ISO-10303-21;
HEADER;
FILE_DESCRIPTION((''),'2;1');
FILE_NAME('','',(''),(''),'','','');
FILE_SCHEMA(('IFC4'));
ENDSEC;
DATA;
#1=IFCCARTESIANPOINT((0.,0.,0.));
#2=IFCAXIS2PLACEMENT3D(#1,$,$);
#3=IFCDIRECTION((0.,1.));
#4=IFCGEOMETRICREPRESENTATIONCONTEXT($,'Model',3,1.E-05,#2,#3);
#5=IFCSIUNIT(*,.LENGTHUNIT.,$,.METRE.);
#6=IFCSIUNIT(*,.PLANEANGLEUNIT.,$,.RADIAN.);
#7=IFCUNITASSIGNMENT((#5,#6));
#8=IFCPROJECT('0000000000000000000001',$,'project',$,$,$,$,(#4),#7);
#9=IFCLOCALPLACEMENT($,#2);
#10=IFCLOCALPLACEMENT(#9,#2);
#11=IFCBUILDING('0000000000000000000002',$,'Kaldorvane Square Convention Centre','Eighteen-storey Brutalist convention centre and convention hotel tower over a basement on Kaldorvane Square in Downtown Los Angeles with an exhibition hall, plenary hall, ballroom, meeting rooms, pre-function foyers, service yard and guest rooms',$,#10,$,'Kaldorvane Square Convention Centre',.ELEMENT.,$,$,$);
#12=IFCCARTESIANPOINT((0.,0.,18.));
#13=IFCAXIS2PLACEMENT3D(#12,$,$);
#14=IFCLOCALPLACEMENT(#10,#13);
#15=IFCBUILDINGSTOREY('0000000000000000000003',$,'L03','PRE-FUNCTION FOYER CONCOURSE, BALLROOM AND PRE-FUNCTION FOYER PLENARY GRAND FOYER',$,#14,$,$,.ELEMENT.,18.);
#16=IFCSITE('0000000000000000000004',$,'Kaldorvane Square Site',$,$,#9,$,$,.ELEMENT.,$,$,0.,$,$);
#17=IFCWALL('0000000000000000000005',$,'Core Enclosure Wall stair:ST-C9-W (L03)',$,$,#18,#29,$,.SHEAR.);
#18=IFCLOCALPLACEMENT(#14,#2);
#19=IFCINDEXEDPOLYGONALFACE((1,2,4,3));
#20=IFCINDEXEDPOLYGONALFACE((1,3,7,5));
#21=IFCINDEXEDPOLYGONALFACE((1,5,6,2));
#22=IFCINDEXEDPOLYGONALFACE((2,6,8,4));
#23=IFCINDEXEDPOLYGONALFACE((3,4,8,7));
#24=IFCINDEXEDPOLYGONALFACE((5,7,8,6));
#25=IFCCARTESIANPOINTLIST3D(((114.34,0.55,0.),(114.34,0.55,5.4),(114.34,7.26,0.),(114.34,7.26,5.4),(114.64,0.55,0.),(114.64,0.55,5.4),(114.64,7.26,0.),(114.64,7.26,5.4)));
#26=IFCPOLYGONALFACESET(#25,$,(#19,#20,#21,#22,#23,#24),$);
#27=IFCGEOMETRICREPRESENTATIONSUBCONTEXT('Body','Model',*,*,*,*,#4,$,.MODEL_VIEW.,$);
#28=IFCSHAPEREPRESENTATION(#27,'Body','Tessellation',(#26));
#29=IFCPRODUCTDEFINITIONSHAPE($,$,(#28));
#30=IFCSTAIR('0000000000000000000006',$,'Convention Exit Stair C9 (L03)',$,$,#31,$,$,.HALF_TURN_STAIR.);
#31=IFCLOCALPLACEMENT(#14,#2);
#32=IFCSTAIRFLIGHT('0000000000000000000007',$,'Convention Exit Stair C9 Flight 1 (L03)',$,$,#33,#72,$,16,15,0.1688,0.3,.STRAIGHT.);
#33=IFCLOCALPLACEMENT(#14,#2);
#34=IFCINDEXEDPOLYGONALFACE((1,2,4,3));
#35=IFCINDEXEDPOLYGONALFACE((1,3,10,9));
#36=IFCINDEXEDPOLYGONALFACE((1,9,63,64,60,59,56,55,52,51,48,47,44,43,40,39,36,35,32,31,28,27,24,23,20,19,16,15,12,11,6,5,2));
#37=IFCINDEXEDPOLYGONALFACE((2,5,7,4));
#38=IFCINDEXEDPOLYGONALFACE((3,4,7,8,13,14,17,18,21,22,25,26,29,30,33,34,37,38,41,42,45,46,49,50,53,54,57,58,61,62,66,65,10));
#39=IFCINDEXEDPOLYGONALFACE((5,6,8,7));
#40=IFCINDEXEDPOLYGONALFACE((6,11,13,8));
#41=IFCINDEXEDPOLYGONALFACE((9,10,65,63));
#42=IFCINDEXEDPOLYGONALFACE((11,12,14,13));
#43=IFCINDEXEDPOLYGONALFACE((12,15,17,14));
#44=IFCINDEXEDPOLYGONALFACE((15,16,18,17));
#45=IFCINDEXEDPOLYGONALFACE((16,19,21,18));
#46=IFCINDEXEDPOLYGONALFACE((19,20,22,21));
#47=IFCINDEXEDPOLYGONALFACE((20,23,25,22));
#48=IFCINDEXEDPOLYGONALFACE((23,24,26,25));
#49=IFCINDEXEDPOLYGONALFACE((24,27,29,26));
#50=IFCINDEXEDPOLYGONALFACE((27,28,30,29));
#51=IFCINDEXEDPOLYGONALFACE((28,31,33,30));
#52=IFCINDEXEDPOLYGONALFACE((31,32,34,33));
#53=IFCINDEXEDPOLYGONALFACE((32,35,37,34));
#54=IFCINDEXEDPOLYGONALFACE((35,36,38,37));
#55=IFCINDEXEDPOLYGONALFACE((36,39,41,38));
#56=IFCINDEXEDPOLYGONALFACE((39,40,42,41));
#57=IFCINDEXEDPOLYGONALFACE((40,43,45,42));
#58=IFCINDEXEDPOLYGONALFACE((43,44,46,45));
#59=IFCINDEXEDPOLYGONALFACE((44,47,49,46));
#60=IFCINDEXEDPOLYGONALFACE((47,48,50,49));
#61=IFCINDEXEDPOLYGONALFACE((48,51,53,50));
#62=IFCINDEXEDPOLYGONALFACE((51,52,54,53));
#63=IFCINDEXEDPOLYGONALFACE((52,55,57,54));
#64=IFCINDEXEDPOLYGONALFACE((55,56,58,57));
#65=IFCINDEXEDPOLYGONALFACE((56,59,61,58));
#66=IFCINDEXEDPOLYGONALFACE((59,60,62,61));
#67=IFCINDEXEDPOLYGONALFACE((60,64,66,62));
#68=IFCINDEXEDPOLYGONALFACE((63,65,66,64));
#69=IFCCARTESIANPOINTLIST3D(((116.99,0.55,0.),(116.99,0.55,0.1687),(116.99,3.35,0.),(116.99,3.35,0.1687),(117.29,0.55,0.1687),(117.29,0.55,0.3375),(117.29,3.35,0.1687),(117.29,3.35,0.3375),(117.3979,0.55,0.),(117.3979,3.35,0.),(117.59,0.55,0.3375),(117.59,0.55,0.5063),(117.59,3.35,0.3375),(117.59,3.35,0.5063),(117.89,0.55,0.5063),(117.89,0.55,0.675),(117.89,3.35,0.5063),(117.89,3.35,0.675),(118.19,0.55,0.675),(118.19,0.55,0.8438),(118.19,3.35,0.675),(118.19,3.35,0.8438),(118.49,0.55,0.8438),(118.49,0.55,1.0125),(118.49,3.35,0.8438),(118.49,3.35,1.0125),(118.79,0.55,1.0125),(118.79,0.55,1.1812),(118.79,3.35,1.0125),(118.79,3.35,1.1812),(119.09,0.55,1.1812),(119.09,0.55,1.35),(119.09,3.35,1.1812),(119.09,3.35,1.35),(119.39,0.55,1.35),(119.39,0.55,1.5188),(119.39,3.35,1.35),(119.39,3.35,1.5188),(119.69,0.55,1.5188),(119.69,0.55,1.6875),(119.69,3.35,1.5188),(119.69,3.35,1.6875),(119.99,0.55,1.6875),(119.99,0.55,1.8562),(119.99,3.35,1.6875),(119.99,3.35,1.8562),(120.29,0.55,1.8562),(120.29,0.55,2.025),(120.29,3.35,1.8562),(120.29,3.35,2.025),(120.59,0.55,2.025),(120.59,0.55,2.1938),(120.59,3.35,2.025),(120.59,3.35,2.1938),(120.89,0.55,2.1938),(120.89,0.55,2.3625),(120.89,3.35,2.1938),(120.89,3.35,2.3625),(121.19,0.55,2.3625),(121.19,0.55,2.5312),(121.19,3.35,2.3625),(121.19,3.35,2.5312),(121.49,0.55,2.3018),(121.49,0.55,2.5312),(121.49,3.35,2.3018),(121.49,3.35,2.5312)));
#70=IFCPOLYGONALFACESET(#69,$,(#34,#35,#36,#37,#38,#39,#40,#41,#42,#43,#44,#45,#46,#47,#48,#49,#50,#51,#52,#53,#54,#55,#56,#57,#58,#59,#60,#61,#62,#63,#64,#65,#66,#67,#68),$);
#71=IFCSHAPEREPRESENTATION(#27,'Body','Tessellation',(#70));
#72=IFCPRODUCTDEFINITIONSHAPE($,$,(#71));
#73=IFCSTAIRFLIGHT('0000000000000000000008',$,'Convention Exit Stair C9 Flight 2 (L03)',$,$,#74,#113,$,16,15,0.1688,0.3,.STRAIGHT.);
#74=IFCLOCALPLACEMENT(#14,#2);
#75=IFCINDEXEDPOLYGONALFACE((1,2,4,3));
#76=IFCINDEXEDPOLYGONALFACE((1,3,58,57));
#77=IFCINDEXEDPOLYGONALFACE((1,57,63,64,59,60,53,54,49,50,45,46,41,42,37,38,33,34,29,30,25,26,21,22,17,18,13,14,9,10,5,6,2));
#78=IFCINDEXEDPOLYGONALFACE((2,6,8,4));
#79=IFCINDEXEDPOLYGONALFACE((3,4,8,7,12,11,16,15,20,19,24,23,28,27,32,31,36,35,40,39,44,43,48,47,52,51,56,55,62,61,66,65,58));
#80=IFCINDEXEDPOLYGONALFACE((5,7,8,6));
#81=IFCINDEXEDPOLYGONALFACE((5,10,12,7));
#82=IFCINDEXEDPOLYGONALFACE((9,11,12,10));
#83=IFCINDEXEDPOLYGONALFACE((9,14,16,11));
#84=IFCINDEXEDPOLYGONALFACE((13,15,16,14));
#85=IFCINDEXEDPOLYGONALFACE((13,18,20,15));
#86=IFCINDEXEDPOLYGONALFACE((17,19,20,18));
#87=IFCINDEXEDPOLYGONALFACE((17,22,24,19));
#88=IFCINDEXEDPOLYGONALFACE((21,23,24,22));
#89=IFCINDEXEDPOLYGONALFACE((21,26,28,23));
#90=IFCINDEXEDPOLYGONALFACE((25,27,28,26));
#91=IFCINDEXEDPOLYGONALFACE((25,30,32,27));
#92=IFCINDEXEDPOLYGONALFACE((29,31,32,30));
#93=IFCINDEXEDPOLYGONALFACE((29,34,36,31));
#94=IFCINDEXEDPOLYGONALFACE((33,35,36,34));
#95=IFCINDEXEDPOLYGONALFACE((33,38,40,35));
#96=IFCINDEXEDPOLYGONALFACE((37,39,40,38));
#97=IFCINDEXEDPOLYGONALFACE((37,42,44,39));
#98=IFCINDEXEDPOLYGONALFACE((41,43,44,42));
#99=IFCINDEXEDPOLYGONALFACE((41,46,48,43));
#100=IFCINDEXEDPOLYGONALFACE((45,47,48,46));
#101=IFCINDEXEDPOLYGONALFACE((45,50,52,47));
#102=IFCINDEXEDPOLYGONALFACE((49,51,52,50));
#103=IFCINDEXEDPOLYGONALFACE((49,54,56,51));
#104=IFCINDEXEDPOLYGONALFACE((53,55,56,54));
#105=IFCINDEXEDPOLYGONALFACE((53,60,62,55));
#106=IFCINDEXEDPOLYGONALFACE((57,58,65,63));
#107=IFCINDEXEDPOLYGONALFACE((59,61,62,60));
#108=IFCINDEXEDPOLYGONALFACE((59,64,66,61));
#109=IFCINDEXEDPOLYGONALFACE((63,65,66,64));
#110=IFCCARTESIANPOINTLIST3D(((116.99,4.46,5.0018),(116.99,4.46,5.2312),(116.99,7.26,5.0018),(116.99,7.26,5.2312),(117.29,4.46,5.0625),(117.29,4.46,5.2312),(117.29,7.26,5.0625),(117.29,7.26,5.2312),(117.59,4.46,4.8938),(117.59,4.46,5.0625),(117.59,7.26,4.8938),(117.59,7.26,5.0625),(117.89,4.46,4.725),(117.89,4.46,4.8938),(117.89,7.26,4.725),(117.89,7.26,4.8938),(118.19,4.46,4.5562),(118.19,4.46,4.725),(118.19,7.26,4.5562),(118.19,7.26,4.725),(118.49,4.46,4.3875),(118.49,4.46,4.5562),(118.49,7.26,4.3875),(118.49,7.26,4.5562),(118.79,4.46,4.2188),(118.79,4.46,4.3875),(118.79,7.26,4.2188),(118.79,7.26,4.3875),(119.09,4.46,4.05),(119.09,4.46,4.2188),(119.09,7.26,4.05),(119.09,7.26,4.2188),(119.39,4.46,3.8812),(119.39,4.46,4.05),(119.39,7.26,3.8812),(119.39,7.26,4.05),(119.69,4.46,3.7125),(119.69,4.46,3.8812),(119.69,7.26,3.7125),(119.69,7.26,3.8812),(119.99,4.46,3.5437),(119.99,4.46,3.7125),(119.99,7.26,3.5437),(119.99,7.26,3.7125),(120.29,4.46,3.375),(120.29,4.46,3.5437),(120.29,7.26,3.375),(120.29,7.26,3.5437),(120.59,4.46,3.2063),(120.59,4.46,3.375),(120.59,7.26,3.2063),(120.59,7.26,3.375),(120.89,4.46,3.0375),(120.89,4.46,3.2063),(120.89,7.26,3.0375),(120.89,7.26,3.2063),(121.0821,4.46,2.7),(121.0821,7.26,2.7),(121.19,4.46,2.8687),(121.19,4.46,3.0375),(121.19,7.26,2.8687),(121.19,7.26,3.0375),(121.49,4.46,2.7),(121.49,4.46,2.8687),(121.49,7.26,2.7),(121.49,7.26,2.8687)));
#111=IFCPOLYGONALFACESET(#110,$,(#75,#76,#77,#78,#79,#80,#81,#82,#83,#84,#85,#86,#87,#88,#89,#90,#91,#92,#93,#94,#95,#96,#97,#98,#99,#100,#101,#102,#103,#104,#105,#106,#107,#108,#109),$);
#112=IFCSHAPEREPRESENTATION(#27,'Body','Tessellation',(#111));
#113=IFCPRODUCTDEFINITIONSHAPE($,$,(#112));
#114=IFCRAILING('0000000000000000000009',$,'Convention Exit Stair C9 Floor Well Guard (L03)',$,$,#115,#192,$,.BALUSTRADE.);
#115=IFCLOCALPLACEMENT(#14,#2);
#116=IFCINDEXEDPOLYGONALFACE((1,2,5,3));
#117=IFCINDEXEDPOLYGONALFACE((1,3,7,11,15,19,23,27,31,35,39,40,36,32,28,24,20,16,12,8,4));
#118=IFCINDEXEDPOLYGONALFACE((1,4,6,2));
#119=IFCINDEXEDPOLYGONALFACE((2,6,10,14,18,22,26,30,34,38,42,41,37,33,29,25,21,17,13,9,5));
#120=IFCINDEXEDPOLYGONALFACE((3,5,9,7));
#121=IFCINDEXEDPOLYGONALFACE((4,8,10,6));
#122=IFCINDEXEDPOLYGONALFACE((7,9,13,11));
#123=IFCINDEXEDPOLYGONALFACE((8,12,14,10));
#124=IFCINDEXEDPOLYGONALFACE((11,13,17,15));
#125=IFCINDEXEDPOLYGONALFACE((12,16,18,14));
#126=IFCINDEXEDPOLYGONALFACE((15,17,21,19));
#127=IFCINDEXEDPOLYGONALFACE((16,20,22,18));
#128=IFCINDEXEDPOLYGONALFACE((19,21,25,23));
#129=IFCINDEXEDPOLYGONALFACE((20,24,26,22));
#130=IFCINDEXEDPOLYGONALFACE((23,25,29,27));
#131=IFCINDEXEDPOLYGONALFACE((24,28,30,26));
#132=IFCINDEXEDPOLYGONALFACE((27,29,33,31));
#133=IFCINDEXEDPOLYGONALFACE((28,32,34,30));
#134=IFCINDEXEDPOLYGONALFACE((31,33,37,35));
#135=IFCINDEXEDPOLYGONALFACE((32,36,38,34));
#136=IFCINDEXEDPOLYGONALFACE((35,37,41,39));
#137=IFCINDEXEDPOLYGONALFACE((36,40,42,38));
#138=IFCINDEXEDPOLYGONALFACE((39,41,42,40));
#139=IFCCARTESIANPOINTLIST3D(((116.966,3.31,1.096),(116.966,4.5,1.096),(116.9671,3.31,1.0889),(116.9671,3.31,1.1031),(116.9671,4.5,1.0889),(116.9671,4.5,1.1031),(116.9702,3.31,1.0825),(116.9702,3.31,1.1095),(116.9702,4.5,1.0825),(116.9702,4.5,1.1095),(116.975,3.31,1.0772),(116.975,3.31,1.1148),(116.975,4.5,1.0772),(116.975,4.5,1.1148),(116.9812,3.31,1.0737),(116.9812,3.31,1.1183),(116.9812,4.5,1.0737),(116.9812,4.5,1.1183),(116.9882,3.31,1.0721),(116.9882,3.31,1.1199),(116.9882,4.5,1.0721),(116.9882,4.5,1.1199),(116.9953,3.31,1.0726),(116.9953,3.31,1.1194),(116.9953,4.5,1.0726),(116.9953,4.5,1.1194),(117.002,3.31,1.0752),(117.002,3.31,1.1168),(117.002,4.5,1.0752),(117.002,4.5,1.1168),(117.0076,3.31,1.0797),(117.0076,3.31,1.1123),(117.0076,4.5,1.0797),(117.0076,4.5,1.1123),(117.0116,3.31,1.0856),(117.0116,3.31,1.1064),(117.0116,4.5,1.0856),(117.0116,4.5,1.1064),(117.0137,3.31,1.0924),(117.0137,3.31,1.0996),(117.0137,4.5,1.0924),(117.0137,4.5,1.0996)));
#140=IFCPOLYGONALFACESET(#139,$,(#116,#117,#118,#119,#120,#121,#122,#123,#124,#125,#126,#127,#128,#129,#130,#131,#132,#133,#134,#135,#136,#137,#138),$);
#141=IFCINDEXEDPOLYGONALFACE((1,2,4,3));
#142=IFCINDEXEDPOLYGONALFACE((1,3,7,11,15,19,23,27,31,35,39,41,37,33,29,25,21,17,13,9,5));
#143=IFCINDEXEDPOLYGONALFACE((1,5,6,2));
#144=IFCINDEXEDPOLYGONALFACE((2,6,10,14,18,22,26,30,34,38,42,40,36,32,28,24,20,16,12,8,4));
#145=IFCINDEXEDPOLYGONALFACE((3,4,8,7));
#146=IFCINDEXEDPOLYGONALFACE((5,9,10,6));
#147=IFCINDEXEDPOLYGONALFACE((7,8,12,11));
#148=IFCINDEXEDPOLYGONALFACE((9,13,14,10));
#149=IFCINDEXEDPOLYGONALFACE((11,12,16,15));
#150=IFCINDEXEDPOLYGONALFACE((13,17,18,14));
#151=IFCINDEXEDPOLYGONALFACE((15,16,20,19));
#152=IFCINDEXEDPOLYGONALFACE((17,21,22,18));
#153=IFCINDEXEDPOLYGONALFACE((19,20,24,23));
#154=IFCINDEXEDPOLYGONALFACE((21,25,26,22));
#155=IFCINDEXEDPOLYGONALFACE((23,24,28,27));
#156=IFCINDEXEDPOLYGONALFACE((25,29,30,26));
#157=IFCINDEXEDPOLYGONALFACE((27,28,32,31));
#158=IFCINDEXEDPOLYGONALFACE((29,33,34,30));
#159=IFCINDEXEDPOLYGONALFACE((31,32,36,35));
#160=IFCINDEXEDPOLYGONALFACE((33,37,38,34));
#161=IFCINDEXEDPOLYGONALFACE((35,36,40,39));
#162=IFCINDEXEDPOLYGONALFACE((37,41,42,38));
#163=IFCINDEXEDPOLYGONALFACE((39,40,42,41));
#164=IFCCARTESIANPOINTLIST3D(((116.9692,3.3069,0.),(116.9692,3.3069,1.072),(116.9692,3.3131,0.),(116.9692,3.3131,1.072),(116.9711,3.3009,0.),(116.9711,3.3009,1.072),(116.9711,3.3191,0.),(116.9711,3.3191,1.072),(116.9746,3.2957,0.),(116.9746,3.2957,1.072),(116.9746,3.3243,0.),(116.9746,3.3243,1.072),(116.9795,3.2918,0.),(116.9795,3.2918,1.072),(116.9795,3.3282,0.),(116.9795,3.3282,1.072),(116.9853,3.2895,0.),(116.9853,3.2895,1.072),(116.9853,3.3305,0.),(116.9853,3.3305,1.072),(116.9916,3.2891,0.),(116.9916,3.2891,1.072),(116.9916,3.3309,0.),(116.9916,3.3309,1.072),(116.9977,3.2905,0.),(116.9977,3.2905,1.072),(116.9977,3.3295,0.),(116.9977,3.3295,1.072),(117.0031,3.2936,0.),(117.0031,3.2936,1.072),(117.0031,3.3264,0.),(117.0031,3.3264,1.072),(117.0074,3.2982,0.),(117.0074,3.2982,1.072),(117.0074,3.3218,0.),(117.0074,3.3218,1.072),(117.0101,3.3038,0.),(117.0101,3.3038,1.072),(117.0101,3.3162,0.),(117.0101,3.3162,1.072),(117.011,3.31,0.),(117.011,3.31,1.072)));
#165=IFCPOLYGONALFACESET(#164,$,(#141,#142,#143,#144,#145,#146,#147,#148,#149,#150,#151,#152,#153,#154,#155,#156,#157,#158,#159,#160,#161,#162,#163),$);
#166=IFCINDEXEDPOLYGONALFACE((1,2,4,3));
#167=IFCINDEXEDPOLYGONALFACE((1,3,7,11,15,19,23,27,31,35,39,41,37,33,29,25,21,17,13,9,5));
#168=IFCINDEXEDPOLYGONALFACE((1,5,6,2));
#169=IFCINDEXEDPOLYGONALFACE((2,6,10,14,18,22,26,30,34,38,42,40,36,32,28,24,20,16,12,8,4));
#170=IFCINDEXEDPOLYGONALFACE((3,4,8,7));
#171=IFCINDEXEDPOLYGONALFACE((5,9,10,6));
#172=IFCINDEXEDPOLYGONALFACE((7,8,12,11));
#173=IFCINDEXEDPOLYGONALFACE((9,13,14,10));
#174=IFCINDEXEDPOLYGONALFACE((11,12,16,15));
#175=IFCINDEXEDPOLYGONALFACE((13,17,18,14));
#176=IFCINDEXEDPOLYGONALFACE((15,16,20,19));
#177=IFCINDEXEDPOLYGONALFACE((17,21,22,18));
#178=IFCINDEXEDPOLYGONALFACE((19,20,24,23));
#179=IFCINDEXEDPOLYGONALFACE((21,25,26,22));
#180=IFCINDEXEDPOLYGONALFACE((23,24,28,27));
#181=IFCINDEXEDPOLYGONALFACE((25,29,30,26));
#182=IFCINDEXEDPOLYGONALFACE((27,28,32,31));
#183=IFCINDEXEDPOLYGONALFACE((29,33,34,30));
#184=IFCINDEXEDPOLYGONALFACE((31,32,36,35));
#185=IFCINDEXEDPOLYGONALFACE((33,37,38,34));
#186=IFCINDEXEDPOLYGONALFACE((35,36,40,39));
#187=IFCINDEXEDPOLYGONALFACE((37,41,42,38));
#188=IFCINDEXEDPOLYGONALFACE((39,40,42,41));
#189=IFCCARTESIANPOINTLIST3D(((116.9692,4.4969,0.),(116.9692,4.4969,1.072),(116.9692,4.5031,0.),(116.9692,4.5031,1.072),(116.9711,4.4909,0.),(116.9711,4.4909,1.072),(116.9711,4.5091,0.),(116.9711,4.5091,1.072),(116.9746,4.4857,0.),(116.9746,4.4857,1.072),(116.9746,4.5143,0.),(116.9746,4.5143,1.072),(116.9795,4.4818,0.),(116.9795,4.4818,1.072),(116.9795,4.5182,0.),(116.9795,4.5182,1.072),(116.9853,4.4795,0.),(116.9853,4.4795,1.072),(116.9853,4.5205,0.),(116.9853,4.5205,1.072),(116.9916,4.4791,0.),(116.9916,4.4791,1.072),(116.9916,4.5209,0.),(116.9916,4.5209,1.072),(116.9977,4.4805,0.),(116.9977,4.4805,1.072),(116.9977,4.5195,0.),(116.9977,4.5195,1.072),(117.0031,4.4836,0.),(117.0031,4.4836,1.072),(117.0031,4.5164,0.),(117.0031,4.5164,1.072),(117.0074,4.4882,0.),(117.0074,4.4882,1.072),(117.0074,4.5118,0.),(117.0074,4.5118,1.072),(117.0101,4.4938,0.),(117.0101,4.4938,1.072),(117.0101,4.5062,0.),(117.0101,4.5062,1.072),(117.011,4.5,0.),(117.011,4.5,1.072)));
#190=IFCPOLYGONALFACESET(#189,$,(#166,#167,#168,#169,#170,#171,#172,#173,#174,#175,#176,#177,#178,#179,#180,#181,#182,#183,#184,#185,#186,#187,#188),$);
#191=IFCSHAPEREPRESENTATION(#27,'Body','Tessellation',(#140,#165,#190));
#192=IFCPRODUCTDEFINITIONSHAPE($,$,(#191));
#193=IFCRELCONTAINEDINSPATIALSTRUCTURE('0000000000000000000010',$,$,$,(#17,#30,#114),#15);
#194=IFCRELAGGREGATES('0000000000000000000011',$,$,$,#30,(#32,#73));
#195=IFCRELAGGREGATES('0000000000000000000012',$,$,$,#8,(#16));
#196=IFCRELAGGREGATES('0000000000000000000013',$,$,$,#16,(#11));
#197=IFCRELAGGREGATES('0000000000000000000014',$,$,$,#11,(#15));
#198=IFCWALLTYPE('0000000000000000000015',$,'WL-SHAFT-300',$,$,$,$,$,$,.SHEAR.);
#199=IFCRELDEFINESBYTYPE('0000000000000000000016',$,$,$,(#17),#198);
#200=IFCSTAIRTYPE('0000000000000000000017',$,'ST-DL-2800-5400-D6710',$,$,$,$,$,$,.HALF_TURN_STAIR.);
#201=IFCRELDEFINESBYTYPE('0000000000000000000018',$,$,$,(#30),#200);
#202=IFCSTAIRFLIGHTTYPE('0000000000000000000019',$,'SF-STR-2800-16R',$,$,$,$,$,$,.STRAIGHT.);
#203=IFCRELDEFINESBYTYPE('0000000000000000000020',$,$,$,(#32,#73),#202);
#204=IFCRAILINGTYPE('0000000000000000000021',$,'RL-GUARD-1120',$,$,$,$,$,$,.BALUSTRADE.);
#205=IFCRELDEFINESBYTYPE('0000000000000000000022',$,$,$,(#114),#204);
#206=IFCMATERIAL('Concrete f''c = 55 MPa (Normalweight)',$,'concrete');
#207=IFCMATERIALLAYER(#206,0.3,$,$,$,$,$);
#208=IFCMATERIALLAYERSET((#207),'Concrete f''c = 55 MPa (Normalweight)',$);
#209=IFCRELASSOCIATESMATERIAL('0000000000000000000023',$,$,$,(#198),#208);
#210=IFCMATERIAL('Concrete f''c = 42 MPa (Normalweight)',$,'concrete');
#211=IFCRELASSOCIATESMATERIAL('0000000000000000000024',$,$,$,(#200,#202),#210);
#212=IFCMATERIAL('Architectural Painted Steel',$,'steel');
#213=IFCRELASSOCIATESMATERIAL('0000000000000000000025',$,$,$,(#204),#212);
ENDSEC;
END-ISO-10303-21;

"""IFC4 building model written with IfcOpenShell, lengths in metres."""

from ifc_helpers import new_model, si_unit, direction, frame, frame_2d, origin, origin_2d, place, context, subcontext, project, spatial, polyline, rectangle, circle, outline, extrude, material, layer, layer_set, type_object, element, aggregate, save


model = new_model("IFC4")

# Units and contexts
model_context = context("Model", 3, precision=1e-05, world=origin(), true_north=direction((0.0, 1.0)))
body_context = subcontext(model_context, "Body", "Model", "MODEL_VIEW")
ifc_project = project(units=[si_unit("LENGTHUNIT", "METRE"), si_unit("PLANEANGLEUNIT", "RADIAN")], contexts=[model_context])

# Site, building, storey
site_placement = place(None, origin())
site = spatial("IfcSite", under=ifc_project, at=site_placement, Name="Kaldorvane Square Site", CompositionType="ELEMENT", RefElevation=0.0)
building_placement = place(site_placement, origin())
building = spatial("IfcBuilding", under=site, at=building_placement, Name="Kaldorvane Square Convention Centre", Description="Eighteen-storey Brutalist convention centre and convention hotel tower over a basement on Kaldorvane Square in Downtown Los Angeles with an exhibition hall, plenary hall, ballroom, meeting rooms, pre-function foyers, service yard and guest rooms", LongName="Kaldorvane Square Convention Centre", CompositionType="ELEMENT")
storey_placement = place(building_placement, frame((0.0, 0.0, 18.0)))
storey = spatial("IfcBuildingStorey", under=building, at=storey_placement, Name="L03", Description="PRE-FUNCTION FOYER CONCOURSE, BALLROOM AND PRE-FUNCTION FOYER PLENARY GRAND FOYER", CompositionType="ELEMENT", Elevation=18.0)

# Shared definitions
ifc_material_1 = material(Name="Concrete f'c = 55 MPa (Normalweight)", Category="concrete")

# Shared definitions
ifc_material_2 = material(Name="Concrete f'c = 42 MPa (Normalweight)", Category="concrete")

# Shared definitions
ifc_layer_1 = layer(ifc_material_1, 0.3)
ifc_layer_set_1 = layer_set([ifc_layer_1], Name="Concrete f'c = 55 MPa (Normalweight)")
wall_type_1 = type_object("IfcWallType", Name="WL-SHAFT-300", PredefinedType="SHEAR", material=ifc_layer_set_1)

# Wall
for number, where, z_axis, x_axis, name in (
    (1, (114.49, 7.26, 0.0), (0.0, 0.0, 1.0), (0.0, -1.0, 0.0), "Core Enclosure Wall stair:ST-C9-W (L03)"),
):
    element("IfcWall", number, at=place(storey_placement, frame(where, z_axis=z_axis, x_axis=x_axis)), inside=storey, type_object=wall_type_1, Name=name, PredefinedType="SHEAR", context=body_context, shape_type="SweptSolid", body=[
        extrude(rectangle(XDim=6.71, YDim=0.3, at=frame_2d((3.355, 0.0))), origin(), (0.0, 0.0, 1.0), 5.4),
    ])

# Stair, stair flights
stair_type = type_object("IfcStairType", Name="ST-DL-2800-5400-D6710", PredefinedType="HALF_TURN_STAIR", material=ifc_material_2)
stair_placement = place(storey_placement, origin())
stair = element("IfcStair", 2, at=stair_placement, inside=storey, type_object=stair_type, Name="Convention Exit Stair C9 (L03)", PredefinedType="HALF_TURN_STAIR")
stair_flight_type = type_object("IfcStairFlightType", Name="SF-STR-2800-16R", PredefinedType="STRAIGHT", material=ifc_material_2)
stair_flight_1_placement = place(storey_placement, frame((116.99, 1.95, 0.0), z_axis=(0.0, 0.0, 1.0), x_axis=(1.0, 0.0, 0.0)))
stair_flight_1 = element("IfcStairFlight", 3, at=stair_flight_1_placement, type_object=stair_flight_type, Name="Convention Exit Stair C9 Flight 1 (L03)", NumberOfRisers=16, NumberOfTreads=15, PredefinedType="STRAIGHT", RiserHeight=0.1688, TreadLength=0.3, context=body_context, shape_type="SweptSolid", body=[
    extrude(outline(polyline([(0.0, 0.0), (0.0, 0.1687), (0.3, 0.1687), (0.3, 0.3375), (0.6, 0.3375), (0.6, 0.5063), (0.9, 0.5063), (0.9, 0.675), (1.2, 0.675), (1.2, 0.8438), (1.5, 0.8438), (1.5, 1.0125), (1.8, 1.0125), (1.8, 1.1812), (2.1, 1.1812), (2.1, 1.35), (2.4, 1.35), (2.4, 1.5188), (2.7, 1.5188), (2.7, 1.6875), (3.0, 1.6875), (3.0, 1.8562), (3.3, 1.8562), (3.3, 2.025), (3.6, 2.025), (3.6, 2.1938), (3.9, 2.1938), (3.9, 2.3625), (4.2, 2.3625), (4.2, 2.5312), (4.5, 2.5312), (4.5, 2.7), (4.5, 2.3018), (0.4079, 0.0), (0.0, 0.0)])), frame((0.0, 1.4, 0.0), z_axis=(0.0, -1.0, 0.0), x_axis=(1.0, 0.0, 0.0)), (0.0, 0.0, 1.0), 2.8),
])
stair_flight_2_placement = place(storey_placement, frame((121.49, 5.86, 2.7), z_axis=(0.0, 0.0, 1.0), x_axis=(-1.0, 0.0, 0.0)))
stair_flight_2 = element("IfcStairFlight", 4, at=stair_flight_2_placement, type_object=stair_flight_type, Name="Convention Exit Stair C9 Flight 2 (L03)", NumberOfRisers=16, NumberOfTreads=15, PredefinedType="STRAIGHT", RiserHeight=0.1688, TreadLength=0.3, context=body_context, shape_type="SweptSolid", body=[
    extrude(outline(polyline([(0.0, 0.0), (0.0, 0.1687), (0.3, 0.1687), (0.3, 0.3375), (0.6, 0.3375), (0.6, 0.5063), (0.9, 0.5063), (0.9, 0.675), (1.2, 0.675), (1.2, 0.8438), (1.5, 0.8438), (1.5, 1.0125), (1.8, 1.0125), (1.8, 1.1812), (2.1, 1.1812), (2.1, 1.35), (2.4, 1.35), (2.4, 1.5188), (2.7, 1.5188), (2.7, 1.6875), (3.0, 1.6875), (3.0, 1.8562), (3.3, 1.8562), (3.3, 2.025), (3.6, 2.025), (3.6, 2.1938), (3.9, 2.1938), (3.9, 2.3625), (4.2, 2.3625), (4.2, 2.5312), (4.5, 2.5312), (4.5, 2.7), (4.5, 2.3018), (0.4079, 0.0), (0.0, 0.0)])), frame((0.0, 1.4, 0.0), z_axis=(0.0, -1.0, 0.0), x_axis=(1.0, 0.0, 0.0)), (0.0, 0.0, 1.0), 2.8),
])
aggregate(stair, [stair_flight_1, stair_flight_2])

# Railing
ifc_material_3 = material(Name="Architectural Painted Steel", Category="steel")
railing_type_1 = type_object("IfcRailingType", Name="RL-GUARD-1120", PredefinedType="BALUSTRADE", material=ifc_material_3)
for number, where, name in (
    (5, (116.99, 3.31, 0.0), "Convention Exit Stair C9 Floor Well Guard (L03)"),
):
    element("IfcRailing", number, at=place(storey_placement, frame(where)), inside=storey, type_object=railing_type_1, Name=name, PredefinedType="BALUSTRADE", context=body_context, shape_type="SweptSolid", body=[
        extrude(circle(Radius=0.024, at=origin_2d()), frame((0.0, 0.0, 1.096), z_axis=(0.0, 1.0, 0.0), x_axis=(-1.0, 0.0, 0.0)), (0.0, 0.0, 1.0), 1.19),
        extrude(circle(Radius=0.021, at=origin_2d()), origin(), (0.0, 0.0, 1.0), 1.072),
        extrude(circle(Radius=0.021, at=origin_2d()), frame((0.0, 1.19, 0.0)), (0.0, 0.0, 1.0), 1.072),
    ])

save(model, "model.ifc")
